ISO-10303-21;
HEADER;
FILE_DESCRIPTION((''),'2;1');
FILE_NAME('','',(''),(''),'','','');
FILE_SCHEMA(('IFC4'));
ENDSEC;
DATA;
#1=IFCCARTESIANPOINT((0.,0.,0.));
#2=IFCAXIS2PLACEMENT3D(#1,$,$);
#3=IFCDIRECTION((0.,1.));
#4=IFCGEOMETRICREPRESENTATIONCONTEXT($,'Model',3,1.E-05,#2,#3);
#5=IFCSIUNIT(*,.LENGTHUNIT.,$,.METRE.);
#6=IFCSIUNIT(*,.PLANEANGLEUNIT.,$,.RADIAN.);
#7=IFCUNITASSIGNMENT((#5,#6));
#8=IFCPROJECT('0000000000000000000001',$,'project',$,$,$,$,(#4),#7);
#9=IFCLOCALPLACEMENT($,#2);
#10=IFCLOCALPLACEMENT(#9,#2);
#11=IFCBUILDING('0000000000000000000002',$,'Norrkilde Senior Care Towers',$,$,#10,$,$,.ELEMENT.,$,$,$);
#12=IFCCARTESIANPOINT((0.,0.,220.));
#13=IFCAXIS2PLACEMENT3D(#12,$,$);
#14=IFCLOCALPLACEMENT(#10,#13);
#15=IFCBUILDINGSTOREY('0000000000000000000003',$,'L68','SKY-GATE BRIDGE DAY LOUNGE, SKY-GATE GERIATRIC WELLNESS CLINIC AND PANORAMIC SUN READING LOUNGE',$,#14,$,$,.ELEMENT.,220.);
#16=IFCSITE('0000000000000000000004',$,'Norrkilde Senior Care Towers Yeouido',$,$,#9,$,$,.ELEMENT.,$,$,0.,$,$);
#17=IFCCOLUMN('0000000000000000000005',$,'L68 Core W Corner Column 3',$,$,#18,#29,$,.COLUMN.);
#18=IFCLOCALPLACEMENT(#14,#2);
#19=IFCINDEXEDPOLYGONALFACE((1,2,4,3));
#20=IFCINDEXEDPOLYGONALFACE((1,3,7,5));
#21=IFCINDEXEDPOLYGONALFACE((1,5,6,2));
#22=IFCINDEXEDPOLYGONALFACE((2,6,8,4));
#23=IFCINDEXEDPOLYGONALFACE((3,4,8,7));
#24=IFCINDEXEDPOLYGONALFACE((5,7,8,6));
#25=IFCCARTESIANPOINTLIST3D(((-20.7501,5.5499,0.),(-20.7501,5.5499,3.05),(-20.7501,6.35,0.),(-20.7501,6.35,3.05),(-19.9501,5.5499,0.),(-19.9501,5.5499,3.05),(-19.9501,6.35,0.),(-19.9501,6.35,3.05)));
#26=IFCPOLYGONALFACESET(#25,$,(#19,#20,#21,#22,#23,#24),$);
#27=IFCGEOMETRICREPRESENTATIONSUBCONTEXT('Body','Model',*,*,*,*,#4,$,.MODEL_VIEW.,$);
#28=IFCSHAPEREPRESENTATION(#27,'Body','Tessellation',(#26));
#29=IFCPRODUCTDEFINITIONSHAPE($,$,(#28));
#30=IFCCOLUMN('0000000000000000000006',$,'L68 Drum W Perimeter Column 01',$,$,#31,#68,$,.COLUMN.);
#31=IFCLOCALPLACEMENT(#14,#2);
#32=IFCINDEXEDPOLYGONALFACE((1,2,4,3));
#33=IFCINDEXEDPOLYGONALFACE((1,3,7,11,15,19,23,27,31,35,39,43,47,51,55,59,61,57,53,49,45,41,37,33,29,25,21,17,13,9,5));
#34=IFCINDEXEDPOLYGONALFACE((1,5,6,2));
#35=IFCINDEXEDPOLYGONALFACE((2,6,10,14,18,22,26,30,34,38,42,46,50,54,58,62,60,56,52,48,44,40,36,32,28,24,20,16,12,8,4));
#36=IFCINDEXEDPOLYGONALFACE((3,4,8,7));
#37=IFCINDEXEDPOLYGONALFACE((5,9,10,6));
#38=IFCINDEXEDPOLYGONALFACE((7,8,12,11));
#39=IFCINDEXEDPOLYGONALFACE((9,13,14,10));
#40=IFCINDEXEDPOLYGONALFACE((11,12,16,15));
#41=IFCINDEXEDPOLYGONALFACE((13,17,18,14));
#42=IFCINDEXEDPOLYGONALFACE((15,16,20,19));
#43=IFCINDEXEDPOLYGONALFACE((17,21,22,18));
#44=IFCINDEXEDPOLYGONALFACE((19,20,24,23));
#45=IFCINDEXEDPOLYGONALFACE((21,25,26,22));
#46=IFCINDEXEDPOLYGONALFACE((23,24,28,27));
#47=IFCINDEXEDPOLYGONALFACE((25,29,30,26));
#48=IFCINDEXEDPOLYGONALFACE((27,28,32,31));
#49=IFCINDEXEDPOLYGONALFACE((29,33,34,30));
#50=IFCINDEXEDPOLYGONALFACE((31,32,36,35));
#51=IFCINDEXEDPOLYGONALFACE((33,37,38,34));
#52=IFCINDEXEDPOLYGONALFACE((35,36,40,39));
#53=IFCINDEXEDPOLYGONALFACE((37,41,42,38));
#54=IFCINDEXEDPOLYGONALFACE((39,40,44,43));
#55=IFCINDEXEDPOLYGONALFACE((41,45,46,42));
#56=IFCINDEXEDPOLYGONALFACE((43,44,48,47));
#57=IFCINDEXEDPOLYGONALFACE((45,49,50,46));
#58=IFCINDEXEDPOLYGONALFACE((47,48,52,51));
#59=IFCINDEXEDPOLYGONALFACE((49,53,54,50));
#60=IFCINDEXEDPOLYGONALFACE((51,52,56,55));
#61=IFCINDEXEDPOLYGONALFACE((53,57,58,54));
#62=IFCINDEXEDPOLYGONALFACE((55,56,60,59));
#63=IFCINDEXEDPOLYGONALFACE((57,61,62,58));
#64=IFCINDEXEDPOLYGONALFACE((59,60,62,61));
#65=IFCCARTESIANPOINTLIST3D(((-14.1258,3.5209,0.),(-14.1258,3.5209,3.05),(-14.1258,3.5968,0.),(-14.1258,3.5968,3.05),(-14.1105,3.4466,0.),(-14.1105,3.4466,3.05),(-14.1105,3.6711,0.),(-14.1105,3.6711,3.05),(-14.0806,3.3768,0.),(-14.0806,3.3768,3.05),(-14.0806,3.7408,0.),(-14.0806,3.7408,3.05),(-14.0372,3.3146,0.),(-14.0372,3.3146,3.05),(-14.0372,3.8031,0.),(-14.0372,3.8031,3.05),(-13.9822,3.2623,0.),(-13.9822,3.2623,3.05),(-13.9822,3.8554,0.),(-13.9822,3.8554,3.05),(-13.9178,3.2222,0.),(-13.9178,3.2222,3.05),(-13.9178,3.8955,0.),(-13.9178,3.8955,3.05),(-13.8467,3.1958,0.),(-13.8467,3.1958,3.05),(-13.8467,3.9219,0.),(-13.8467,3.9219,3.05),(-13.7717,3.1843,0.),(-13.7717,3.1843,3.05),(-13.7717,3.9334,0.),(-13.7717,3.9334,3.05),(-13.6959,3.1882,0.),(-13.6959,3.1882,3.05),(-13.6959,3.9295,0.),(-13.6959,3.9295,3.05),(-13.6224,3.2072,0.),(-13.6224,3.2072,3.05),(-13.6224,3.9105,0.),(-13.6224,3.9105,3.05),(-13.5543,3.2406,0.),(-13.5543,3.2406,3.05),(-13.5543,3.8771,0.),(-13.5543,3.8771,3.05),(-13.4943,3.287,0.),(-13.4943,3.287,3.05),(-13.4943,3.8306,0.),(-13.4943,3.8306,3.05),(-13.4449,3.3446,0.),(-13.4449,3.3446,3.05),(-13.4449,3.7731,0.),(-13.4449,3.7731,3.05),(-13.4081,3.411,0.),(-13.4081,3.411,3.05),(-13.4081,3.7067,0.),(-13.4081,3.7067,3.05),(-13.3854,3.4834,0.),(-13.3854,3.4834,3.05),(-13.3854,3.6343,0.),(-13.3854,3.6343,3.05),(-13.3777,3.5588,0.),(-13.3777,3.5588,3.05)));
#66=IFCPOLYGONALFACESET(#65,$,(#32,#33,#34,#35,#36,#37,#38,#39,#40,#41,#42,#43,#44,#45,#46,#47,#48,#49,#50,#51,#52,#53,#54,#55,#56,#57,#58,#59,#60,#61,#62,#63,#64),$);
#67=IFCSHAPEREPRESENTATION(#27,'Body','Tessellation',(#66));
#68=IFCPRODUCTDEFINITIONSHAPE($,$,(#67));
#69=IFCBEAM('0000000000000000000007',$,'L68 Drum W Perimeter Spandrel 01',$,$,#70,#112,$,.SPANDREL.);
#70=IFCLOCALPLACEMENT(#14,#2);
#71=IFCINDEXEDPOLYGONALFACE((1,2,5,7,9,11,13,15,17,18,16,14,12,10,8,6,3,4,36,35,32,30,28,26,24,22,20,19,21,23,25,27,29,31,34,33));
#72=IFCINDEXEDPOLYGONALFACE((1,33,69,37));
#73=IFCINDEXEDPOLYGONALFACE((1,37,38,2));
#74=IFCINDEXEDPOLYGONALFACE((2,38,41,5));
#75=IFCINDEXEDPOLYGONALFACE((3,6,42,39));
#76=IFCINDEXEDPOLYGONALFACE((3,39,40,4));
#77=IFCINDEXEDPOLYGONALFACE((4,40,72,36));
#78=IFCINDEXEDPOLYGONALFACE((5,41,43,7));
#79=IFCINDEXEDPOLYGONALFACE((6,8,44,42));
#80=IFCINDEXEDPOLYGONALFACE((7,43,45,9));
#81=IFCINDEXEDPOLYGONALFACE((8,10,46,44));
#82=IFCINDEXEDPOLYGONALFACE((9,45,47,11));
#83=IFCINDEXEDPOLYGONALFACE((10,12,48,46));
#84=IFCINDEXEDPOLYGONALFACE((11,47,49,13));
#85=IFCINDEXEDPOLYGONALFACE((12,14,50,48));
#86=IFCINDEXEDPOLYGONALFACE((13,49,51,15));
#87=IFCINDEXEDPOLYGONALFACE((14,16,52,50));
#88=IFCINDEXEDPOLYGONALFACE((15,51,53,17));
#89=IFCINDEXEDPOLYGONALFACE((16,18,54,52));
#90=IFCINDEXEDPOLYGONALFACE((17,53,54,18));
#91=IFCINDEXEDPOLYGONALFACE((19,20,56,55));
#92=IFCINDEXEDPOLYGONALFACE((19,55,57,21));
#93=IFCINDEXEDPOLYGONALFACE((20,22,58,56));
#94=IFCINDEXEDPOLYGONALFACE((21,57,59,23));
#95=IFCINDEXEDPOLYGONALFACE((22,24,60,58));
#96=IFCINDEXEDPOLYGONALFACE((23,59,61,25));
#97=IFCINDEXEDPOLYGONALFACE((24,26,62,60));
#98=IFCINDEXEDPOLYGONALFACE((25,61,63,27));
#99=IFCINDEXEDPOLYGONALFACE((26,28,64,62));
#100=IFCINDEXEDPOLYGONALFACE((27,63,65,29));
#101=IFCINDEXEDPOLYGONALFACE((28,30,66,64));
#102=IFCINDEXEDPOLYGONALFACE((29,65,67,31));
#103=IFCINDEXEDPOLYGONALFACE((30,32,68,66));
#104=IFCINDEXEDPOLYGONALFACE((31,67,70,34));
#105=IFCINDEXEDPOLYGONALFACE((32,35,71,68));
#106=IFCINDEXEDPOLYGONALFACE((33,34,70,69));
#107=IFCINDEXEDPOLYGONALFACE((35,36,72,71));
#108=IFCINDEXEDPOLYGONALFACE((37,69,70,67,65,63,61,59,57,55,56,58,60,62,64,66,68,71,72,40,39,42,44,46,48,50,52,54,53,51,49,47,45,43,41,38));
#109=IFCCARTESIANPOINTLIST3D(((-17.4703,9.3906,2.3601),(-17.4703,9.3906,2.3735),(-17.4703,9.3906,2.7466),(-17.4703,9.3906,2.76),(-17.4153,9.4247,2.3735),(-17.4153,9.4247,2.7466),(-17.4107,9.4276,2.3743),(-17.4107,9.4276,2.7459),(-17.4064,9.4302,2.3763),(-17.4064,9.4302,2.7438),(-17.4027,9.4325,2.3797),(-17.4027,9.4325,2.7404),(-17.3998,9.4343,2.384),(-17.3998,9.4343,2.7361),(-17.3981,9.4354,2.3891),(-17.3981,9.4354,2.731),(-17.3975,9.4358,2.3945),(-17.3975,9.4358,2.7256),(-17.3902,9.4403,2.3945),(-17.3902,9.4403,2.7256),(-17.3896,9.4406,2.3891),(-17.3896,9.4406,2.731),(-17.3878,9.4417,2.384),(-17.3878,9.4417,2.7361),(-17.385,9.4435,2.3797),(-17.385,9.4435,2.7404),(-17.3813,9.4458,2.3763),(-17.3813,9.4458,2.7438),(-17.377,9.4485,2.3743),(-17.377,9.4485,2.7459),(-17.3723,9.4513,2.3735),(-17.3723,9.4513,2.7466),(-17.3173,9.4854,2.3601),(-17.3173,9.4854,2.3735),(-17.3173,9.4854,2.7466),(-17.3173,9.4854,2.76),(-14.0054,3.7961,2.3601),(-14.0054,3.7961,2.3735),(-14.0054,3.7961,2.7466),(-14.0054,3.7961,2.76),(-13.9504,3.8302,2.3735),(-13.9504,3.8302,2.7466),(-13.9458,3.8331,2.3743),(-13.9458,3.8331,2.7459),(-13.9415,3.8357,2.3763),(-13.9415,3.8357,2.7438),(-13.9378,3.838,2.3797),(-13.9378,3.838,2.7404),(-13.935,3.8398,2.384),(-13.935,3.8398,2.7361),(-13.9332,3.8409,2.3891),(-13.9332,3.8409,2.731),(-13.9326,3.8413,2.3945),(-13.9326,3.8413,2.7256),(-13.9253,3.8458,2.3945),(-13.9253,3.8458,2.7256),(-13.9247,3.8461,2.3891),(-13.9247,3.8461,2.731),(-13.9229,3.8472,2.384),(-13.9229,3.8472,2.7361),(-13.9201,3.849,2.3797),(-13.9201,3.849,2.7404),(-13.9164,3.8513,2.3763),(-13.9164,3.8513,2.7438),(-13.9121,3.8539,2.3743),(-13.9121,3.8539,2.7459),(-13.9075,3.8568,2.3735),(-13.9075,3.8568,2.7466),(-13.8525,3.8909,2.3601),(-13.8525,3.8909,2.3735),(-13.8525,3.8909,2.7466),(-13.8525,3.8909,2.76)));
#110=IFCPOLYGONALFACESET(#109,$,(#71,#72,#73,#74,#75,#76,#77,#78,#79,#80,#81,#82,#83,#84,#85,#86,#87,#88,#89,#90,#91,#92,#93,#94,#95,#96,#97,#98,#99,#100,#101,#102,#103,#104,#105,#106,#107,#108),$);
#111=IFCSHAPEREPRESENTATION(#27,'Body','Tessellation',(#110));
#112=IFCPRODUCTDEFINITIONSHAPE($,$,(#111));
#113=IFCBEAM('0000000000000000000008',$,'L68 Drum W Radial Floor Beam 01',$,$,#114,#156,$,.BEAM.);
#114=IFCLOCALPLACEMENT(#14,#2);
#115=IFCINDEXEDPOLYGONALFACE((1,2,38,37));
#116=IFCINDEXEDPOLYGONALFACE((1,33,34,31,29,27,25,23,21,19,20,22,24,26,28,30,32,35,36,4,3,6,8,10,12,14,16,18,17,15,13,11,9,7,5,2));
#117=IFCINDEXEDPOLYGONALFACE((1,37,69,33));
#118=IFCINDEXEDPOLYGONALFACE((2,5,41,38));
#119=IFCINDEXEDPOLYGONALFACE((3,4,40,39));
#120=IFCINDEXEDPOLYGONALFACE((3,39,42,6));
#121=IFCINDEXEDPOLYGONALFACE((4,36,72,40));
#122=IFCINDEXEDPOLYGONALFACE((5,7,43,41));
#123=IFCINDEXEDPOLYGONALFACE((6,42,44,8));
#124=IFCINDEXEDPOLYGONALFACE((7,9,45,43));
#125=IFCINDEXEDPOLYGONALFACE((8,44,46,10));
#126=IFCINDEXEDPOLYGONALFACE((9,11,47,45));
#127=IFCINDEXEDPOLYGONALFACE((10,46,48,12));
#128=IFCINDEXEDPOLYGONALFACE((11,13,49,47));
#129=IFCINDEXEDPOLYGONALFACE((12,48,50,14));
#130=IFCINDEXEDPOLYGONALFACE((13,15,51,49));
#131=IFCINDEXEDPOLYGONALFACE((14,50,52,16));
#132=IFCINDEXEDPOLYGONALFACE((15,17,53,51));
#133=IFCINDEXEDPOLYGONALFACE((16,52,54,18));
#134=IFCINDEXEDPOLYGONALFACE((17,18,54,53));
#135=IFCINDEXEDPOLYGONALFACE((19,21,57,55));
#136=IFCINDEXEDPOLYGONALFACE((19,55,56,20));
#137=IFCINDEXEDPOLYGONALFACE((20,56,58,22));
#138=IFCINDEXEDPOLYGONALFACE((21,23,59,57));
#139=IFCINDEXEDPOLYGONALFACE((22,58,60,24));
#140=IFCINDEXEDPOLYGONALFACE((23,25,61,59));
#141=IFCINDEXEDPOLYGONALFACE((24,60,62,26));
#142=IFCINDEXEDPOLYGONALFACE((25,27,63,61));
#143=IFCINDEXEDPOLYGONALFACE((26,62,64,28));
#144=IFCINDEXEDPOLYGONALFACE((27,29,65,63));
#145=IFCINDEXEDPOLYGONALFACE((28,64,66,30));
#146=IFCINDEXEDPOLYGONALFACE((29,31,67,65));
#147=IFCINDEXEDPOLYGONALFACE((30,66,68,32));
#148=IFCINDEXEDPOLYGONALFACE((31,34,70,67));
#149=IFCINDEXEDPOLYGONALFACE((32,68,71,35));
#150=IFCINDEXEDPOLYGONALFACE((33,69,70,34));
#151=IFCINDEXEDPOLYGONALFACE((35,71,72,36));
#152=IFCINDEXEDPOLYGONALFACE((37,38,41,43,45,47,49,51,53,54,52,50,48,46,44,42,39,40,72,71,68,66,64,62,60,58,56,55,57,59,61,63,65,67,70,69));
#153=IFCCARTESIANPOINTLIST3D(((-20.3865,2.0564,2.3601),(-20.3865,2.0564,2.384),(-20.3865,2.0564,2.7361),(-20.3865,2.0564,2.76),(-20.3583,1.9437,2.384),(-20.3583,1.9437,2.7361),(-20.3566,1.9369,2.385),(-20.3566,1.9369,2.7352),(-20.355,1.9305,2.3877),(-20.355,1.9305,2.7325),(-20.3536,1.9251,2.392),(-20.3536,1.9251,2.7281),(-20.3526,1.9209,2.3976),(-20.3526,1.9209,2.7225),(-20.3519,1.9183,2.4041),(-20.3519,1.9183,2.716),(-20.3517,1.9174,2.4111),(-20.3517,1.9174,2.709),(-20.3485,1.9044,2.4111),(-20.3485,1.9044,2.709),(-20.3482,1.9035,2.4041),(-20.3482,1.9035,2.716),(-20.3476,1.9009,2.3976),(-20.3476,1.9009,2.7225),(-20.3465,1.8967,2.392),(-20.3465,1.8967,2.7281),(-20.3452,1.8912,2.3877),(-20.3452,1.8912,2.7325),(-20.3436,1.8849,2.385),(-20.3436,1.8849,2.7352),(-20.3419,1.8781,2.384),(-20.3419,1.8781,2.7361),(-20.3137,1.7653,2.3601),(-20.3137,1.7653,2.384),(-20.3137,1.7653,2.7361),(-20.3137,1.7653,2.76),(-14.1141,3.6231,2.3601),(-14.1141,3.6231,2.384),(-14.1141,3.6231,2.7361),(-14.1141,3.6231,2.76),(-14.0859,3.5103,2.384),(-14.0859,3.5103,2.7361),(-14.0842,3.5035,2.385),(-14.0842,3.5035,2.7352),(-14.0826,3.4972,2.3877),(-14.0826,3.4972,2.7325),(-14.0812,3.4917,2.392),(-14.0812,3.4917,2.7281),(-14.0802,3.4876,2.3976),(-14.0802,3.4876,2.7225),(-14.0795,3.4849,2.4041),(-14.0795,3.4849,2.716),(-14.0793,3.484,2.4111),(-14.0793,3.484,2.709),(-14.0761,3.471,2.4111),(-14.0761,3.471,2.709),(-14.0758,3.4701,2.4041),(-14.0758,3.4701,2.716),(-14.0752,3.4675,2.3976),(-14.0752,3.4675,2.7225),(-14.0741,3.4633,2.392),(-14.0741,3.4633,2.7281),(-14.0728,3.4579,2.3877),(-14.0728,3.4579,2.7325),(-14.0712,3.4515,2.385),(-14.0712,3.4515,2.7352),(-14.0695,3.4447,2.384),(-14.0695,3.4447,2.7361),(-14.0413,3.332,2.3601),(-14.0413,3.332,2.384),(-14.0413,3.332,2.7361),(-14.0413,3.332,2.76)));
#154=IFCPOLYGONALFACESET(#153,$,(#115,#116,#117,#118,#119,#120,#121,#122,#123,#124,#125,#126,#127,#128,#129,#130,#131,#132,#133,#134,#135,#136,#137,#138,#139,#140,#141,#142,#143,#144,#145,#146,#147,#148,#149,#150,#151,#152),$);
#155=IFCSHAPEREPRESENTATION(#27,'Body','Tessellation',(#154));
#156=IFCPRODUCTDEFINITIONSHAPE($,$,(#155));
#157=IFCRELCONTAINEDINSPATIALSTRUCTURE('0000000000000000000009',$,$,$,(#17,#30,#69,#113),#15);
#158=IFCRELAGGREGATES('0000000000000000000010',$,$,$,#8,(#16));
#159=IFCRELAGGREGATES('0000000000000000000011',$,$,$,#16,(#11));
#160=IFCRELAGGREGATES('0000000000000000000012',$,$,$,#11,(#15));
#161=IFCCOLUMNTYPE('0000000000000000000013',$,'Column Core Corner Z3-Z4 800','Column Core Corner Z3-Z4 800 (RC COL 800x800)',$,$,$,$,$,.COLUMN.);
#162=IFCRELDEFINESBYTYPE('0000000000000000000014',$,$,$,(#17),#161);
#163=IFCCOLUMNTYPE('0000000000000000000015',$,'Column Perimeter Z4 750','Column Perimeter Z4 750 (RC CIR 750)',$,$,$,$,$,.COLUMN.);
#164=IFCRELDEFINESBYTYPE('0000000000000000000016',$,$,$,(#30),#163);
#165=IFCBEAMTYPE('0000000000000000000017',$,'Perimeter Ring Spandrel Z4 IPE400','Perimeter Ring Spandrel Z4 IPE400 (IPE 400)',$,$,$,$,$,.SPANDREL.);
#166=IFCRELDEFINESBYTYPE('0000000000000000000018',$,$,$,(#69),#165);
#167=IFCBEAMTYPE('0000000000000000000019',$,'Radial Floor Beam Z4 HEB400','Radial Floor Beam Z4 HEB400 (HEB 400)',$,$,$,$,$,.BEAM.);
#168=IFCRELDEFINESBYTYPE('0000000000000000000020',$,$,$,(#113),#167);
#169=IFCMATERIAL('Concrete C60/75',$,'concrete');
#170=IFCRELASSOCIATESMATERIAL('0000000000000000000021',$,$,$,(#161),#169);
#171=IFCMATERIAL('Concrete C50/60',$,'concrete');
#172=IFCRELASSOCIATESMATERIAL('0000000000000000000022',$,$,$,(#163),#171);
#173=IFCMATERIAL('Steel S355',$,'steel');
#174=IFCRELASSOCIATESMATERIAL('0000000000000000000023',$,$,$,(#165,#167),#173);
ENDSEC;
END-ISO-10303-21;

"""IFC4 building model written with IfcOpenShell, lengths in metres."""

from ifc_helpers import new_model, si_unit, direction, frame, origin, origin_2d, place, context, subcontext, project, spatial, rectangle, circle, i_section, extrude, source, transform, mapped, material, material_profile, profile_set, type_object, type_shapes, element, save


model = new_model("IFC4")

# Units and contexts
model_context = context("Model", 3, precision=1e-05, world=origin(), true_north=direction((0.0, 1.0)))
body_context = subcontext(model_context, "Body", "Model", "MODEL_VIEW")
ifc_project = project(units=[si_unit("LENGTHUNIT", "METRE"), si_unit("PLANEANGLEUNIT", "RADIAN")], contexts=[model_context])

# Site, building, storey
site_placement = place(None, origin())
site = spatial("IfcSite", under=ifc_project, at=site_placement, Name="Norrkilde Senior Care Towers Yeouido", CompositionType="ELEMENT", RefElevation=0.0)
building_placement = place(site_placement, origin())
building = spatial("IfcBuilding", under=site, at=building_placement, Name="Norrkilde Senior Care Towers", CompositionType="ELEMENT")
storey_placement = place(building_placement, frame((0.0, 0.0, 220.0)))
storey = spatial("IfcBuildingStorey", under=building, at=storey_placement, Name="L68", Description="SKY-GATE BRIDGE DAY LOUNGE, SKY-GATE GERIATRIC WELLNESS CLINIC AND PANORAMIC SUN READING LOUNGE", CompositionType="ELEMENT", Elevation=220.0)

# Columns
ifc_material_1 = material(Name="Concrete C60/75", Category="concrete")
ifc_material_profile_1 = material_profile(ifc_material_1, rectangle(XDim=0.8, YDim=0.8, at=origin_2d()), Name="RC COL 800x800")
ifc_profile_set_1 = profile_set([ifc_material_profile_1], Name="Concrete C60/75")
column_type_1 = type_object("IfcColumnType", Name="Column Core Corner Z3-Z4 800", Description="Column Core Corner Z3-Z4 800 (RC COL 800x800)", PredefinedType="COLUMN", material=ifc_profile_set_1)
shared_shape_1 = source(origin(), body_context, "Body", "SweptSolid", [
    extrude(rectangle(XDim=0.8, YDim=0.8, at=origin_2d()), origin(), (0.0, 0.0, 1.0), 3.05),
])
type_shapes(column_type_1, [shared_shape_1])
column_1_placement = place(storey_placement, frame((-20.3501, 5.95, 0.0), z_axis=(0.0, 0.0, 1.0), x_axis=(1.0, 0.0, 0.0)))
element("IfcColumn", 1, at=column_1_placement, inside=storey, type_object=column_type_1, Name="L68 Core W Corner Column 3", PredefinedType="COLUMN", context=body_context, shape_type="MappedRepresentation", body=[
    mapped(shared_shape_1, transform((0.0, 0.0, 0.0), x_axis=(1.0, 0.0, 0.0), y_axis=(0.0, 1.0, 0.0), z_axis=(0.0, 0.0, 1.0), scale=1.0)),
])
ifc_material_2 = material(Name="Concrete C50/60", Category="concrete")
ifc_material_profile_2 = material_profile(ifc_material_2, circle(Radius=0.375, at=origin_2d()), Name="RC CIR 750")
ifc_profile_set_2 = profile_set([ifc_material_profile_2], Name="Concrete C50/60")
column_type_2 = type_object("IfcColumnType", Name="Column Perimeter Z4 750", Description="Column Perimeter Z4 750 (RC CIR 750)", PredefinedType="COLUMN", material=ifc_profile_set_2)
shared_shape_2 = source(origin(), body_context, "Body", "SweptSolid", [
    extrude(circle(Radius=0.375, at=origin_2d()), origin(), (0.0, 0.0, 1.0), 3.05),
])
type_shapes(column_type_2, [shared_shape_2])
column_2_placement = place(storey_placement, frame((-13.7527, 3.5588, 0.0), z_axis=(0.0, 0.0, 1.0), x_axis=(1.0, 0.0, 0.0)))
element("IfcColumn", 2, at=column_2_placement, inside=storey, type_object=column_type_2, Name="L68 Drum W Perimeter Column 01", PredefinedType="COLUMN", context=body_context, shape_type="MappedRepresentation", body=[
    mapped(shared_shape_2, transform((0.0, 0.0, 0.0), x_axis=(1.0, 0.0, 0.0), y_axis=(0.0, 1.0, 0.0), z_axis=(0.0, 0.0, 1.0), scale=1.0)),
])

# Beams
ifc_material_3 = material(Name="Steel S355", Category="steel")
ifc_material_profile_3 = material_profile(ifc_material_3, i_section(OverallWidth=0.1799, OverallDepth=0.3999, WebThickness=0.0085, FlangeThickness=0.0134, FilletRadius=0.021, at=origin_2d()), Name="IPE 400")
ifc_profile_set_3 = profile_set([ifc_material_profile_3], Name="Steel S355")
beam_type_1 = type_object("IfcBeamType", Name="Perimeter Ring Spandrel Z4 IPE400", Description="Perimeter Ring Spandrel Z4 IPE400 (IPE 400)", PredefinedType="SPANDREL", material=ifc_profile_set_3)
shared_shape_3 = source(origin(), body_context, "Body", "SweptSolid", [
    extrude(i_section(OverallWidth=0.1799, OverallDepth=0.3999, WebThickness=0.0085, FlangeThickness=0.0134, FilletRadius=0.021, at=origin_2d()), origin(), (0.0, 0.0, 1.0), 6.5806),
])
type_shapes(beam_type_1, [shared_shape_3])
beam_1_placement = place(storey_placement, frame((-13.929, 3.8435, 2.5601), z_axis=(-0.52653, 0.850157, 0.0), x_axis=(-0.850157, -0.52653, 0.0)))
element("IfcBeam", 3, at=beam_1_placement, inside=storey, type_object=beam_type_1, Name="L68 Drum W Perimeter Spandrel 01", PredefinedType="SPANDREL", context=body_context, shape_type="MappedRepresentation", body=[
    mapped(shared_shape_3, transform((0.0, 0.0, 0.0), x_axis=(1.0, 0.0, 0.0), y_axis=(0.0, 1.0, 0.0), z_axis=(0.0, 0.0, 1.0), scale=1.0)),
])
ifc_material_profile_4 = material_profile(ifc_material_3, i_section(OverallWidth=0.3, OverallDepth=0.3999, WebThickness=0.0134, FlangeThickness=0.0239, FilletRadius=0.0271, at=origin_2d()), Name="HEB 400")
ifc_profile_set_4 = profile_set([ifc_material_profile_4], Name="Steel S355")
beam_type_2 = type_object("IfcBeamType", Name="Radial Floor Beam Z4 HEB400", Description="Radial Floor Beam Z4 HEB400 (HEB 400)", PredefinedType="BEAM", material=ifc_profile_set_4)
shared_shape_4 = source(origin(), body_context, "Body", "SweptSolid", [
    extrude(i_section(OverallWidth=0.3, OverallDepth=0.3999, WebThickness=0.0134, FlangeThickness=0.0239, FilletRadius=0.0271, at=origin_2d()), origin(), (0.0, 0.0, 1.0), 6.4651),
])
beam_2_placement = place(storey_placement, frame((-20.3501, 1.9109, 2.5601), z_axis=(0.970196, 0.242322, 0.0), x_axis=(-0.242322, 0.970196, 0.0)))
element("IfcBeam", 4, at=beam_2_placement, inside=storey, type_object=beam_type_2, Name="L68 Drum W Radial Floor Beam 01", PredefinedType="BEAM", context=body_context, shape_type="MappedRepresentation", body=[
    mapped(shared_shape_4, transform((0.0, 0.0, 0.0), x_axis=(1.0, 0.0, 0.0), y_axis=(0.0, 1.0, 0.0), z_axis=(0.0, 0.0, 1.0), scale=1.0)),
])

save(model, "model.ifc")
